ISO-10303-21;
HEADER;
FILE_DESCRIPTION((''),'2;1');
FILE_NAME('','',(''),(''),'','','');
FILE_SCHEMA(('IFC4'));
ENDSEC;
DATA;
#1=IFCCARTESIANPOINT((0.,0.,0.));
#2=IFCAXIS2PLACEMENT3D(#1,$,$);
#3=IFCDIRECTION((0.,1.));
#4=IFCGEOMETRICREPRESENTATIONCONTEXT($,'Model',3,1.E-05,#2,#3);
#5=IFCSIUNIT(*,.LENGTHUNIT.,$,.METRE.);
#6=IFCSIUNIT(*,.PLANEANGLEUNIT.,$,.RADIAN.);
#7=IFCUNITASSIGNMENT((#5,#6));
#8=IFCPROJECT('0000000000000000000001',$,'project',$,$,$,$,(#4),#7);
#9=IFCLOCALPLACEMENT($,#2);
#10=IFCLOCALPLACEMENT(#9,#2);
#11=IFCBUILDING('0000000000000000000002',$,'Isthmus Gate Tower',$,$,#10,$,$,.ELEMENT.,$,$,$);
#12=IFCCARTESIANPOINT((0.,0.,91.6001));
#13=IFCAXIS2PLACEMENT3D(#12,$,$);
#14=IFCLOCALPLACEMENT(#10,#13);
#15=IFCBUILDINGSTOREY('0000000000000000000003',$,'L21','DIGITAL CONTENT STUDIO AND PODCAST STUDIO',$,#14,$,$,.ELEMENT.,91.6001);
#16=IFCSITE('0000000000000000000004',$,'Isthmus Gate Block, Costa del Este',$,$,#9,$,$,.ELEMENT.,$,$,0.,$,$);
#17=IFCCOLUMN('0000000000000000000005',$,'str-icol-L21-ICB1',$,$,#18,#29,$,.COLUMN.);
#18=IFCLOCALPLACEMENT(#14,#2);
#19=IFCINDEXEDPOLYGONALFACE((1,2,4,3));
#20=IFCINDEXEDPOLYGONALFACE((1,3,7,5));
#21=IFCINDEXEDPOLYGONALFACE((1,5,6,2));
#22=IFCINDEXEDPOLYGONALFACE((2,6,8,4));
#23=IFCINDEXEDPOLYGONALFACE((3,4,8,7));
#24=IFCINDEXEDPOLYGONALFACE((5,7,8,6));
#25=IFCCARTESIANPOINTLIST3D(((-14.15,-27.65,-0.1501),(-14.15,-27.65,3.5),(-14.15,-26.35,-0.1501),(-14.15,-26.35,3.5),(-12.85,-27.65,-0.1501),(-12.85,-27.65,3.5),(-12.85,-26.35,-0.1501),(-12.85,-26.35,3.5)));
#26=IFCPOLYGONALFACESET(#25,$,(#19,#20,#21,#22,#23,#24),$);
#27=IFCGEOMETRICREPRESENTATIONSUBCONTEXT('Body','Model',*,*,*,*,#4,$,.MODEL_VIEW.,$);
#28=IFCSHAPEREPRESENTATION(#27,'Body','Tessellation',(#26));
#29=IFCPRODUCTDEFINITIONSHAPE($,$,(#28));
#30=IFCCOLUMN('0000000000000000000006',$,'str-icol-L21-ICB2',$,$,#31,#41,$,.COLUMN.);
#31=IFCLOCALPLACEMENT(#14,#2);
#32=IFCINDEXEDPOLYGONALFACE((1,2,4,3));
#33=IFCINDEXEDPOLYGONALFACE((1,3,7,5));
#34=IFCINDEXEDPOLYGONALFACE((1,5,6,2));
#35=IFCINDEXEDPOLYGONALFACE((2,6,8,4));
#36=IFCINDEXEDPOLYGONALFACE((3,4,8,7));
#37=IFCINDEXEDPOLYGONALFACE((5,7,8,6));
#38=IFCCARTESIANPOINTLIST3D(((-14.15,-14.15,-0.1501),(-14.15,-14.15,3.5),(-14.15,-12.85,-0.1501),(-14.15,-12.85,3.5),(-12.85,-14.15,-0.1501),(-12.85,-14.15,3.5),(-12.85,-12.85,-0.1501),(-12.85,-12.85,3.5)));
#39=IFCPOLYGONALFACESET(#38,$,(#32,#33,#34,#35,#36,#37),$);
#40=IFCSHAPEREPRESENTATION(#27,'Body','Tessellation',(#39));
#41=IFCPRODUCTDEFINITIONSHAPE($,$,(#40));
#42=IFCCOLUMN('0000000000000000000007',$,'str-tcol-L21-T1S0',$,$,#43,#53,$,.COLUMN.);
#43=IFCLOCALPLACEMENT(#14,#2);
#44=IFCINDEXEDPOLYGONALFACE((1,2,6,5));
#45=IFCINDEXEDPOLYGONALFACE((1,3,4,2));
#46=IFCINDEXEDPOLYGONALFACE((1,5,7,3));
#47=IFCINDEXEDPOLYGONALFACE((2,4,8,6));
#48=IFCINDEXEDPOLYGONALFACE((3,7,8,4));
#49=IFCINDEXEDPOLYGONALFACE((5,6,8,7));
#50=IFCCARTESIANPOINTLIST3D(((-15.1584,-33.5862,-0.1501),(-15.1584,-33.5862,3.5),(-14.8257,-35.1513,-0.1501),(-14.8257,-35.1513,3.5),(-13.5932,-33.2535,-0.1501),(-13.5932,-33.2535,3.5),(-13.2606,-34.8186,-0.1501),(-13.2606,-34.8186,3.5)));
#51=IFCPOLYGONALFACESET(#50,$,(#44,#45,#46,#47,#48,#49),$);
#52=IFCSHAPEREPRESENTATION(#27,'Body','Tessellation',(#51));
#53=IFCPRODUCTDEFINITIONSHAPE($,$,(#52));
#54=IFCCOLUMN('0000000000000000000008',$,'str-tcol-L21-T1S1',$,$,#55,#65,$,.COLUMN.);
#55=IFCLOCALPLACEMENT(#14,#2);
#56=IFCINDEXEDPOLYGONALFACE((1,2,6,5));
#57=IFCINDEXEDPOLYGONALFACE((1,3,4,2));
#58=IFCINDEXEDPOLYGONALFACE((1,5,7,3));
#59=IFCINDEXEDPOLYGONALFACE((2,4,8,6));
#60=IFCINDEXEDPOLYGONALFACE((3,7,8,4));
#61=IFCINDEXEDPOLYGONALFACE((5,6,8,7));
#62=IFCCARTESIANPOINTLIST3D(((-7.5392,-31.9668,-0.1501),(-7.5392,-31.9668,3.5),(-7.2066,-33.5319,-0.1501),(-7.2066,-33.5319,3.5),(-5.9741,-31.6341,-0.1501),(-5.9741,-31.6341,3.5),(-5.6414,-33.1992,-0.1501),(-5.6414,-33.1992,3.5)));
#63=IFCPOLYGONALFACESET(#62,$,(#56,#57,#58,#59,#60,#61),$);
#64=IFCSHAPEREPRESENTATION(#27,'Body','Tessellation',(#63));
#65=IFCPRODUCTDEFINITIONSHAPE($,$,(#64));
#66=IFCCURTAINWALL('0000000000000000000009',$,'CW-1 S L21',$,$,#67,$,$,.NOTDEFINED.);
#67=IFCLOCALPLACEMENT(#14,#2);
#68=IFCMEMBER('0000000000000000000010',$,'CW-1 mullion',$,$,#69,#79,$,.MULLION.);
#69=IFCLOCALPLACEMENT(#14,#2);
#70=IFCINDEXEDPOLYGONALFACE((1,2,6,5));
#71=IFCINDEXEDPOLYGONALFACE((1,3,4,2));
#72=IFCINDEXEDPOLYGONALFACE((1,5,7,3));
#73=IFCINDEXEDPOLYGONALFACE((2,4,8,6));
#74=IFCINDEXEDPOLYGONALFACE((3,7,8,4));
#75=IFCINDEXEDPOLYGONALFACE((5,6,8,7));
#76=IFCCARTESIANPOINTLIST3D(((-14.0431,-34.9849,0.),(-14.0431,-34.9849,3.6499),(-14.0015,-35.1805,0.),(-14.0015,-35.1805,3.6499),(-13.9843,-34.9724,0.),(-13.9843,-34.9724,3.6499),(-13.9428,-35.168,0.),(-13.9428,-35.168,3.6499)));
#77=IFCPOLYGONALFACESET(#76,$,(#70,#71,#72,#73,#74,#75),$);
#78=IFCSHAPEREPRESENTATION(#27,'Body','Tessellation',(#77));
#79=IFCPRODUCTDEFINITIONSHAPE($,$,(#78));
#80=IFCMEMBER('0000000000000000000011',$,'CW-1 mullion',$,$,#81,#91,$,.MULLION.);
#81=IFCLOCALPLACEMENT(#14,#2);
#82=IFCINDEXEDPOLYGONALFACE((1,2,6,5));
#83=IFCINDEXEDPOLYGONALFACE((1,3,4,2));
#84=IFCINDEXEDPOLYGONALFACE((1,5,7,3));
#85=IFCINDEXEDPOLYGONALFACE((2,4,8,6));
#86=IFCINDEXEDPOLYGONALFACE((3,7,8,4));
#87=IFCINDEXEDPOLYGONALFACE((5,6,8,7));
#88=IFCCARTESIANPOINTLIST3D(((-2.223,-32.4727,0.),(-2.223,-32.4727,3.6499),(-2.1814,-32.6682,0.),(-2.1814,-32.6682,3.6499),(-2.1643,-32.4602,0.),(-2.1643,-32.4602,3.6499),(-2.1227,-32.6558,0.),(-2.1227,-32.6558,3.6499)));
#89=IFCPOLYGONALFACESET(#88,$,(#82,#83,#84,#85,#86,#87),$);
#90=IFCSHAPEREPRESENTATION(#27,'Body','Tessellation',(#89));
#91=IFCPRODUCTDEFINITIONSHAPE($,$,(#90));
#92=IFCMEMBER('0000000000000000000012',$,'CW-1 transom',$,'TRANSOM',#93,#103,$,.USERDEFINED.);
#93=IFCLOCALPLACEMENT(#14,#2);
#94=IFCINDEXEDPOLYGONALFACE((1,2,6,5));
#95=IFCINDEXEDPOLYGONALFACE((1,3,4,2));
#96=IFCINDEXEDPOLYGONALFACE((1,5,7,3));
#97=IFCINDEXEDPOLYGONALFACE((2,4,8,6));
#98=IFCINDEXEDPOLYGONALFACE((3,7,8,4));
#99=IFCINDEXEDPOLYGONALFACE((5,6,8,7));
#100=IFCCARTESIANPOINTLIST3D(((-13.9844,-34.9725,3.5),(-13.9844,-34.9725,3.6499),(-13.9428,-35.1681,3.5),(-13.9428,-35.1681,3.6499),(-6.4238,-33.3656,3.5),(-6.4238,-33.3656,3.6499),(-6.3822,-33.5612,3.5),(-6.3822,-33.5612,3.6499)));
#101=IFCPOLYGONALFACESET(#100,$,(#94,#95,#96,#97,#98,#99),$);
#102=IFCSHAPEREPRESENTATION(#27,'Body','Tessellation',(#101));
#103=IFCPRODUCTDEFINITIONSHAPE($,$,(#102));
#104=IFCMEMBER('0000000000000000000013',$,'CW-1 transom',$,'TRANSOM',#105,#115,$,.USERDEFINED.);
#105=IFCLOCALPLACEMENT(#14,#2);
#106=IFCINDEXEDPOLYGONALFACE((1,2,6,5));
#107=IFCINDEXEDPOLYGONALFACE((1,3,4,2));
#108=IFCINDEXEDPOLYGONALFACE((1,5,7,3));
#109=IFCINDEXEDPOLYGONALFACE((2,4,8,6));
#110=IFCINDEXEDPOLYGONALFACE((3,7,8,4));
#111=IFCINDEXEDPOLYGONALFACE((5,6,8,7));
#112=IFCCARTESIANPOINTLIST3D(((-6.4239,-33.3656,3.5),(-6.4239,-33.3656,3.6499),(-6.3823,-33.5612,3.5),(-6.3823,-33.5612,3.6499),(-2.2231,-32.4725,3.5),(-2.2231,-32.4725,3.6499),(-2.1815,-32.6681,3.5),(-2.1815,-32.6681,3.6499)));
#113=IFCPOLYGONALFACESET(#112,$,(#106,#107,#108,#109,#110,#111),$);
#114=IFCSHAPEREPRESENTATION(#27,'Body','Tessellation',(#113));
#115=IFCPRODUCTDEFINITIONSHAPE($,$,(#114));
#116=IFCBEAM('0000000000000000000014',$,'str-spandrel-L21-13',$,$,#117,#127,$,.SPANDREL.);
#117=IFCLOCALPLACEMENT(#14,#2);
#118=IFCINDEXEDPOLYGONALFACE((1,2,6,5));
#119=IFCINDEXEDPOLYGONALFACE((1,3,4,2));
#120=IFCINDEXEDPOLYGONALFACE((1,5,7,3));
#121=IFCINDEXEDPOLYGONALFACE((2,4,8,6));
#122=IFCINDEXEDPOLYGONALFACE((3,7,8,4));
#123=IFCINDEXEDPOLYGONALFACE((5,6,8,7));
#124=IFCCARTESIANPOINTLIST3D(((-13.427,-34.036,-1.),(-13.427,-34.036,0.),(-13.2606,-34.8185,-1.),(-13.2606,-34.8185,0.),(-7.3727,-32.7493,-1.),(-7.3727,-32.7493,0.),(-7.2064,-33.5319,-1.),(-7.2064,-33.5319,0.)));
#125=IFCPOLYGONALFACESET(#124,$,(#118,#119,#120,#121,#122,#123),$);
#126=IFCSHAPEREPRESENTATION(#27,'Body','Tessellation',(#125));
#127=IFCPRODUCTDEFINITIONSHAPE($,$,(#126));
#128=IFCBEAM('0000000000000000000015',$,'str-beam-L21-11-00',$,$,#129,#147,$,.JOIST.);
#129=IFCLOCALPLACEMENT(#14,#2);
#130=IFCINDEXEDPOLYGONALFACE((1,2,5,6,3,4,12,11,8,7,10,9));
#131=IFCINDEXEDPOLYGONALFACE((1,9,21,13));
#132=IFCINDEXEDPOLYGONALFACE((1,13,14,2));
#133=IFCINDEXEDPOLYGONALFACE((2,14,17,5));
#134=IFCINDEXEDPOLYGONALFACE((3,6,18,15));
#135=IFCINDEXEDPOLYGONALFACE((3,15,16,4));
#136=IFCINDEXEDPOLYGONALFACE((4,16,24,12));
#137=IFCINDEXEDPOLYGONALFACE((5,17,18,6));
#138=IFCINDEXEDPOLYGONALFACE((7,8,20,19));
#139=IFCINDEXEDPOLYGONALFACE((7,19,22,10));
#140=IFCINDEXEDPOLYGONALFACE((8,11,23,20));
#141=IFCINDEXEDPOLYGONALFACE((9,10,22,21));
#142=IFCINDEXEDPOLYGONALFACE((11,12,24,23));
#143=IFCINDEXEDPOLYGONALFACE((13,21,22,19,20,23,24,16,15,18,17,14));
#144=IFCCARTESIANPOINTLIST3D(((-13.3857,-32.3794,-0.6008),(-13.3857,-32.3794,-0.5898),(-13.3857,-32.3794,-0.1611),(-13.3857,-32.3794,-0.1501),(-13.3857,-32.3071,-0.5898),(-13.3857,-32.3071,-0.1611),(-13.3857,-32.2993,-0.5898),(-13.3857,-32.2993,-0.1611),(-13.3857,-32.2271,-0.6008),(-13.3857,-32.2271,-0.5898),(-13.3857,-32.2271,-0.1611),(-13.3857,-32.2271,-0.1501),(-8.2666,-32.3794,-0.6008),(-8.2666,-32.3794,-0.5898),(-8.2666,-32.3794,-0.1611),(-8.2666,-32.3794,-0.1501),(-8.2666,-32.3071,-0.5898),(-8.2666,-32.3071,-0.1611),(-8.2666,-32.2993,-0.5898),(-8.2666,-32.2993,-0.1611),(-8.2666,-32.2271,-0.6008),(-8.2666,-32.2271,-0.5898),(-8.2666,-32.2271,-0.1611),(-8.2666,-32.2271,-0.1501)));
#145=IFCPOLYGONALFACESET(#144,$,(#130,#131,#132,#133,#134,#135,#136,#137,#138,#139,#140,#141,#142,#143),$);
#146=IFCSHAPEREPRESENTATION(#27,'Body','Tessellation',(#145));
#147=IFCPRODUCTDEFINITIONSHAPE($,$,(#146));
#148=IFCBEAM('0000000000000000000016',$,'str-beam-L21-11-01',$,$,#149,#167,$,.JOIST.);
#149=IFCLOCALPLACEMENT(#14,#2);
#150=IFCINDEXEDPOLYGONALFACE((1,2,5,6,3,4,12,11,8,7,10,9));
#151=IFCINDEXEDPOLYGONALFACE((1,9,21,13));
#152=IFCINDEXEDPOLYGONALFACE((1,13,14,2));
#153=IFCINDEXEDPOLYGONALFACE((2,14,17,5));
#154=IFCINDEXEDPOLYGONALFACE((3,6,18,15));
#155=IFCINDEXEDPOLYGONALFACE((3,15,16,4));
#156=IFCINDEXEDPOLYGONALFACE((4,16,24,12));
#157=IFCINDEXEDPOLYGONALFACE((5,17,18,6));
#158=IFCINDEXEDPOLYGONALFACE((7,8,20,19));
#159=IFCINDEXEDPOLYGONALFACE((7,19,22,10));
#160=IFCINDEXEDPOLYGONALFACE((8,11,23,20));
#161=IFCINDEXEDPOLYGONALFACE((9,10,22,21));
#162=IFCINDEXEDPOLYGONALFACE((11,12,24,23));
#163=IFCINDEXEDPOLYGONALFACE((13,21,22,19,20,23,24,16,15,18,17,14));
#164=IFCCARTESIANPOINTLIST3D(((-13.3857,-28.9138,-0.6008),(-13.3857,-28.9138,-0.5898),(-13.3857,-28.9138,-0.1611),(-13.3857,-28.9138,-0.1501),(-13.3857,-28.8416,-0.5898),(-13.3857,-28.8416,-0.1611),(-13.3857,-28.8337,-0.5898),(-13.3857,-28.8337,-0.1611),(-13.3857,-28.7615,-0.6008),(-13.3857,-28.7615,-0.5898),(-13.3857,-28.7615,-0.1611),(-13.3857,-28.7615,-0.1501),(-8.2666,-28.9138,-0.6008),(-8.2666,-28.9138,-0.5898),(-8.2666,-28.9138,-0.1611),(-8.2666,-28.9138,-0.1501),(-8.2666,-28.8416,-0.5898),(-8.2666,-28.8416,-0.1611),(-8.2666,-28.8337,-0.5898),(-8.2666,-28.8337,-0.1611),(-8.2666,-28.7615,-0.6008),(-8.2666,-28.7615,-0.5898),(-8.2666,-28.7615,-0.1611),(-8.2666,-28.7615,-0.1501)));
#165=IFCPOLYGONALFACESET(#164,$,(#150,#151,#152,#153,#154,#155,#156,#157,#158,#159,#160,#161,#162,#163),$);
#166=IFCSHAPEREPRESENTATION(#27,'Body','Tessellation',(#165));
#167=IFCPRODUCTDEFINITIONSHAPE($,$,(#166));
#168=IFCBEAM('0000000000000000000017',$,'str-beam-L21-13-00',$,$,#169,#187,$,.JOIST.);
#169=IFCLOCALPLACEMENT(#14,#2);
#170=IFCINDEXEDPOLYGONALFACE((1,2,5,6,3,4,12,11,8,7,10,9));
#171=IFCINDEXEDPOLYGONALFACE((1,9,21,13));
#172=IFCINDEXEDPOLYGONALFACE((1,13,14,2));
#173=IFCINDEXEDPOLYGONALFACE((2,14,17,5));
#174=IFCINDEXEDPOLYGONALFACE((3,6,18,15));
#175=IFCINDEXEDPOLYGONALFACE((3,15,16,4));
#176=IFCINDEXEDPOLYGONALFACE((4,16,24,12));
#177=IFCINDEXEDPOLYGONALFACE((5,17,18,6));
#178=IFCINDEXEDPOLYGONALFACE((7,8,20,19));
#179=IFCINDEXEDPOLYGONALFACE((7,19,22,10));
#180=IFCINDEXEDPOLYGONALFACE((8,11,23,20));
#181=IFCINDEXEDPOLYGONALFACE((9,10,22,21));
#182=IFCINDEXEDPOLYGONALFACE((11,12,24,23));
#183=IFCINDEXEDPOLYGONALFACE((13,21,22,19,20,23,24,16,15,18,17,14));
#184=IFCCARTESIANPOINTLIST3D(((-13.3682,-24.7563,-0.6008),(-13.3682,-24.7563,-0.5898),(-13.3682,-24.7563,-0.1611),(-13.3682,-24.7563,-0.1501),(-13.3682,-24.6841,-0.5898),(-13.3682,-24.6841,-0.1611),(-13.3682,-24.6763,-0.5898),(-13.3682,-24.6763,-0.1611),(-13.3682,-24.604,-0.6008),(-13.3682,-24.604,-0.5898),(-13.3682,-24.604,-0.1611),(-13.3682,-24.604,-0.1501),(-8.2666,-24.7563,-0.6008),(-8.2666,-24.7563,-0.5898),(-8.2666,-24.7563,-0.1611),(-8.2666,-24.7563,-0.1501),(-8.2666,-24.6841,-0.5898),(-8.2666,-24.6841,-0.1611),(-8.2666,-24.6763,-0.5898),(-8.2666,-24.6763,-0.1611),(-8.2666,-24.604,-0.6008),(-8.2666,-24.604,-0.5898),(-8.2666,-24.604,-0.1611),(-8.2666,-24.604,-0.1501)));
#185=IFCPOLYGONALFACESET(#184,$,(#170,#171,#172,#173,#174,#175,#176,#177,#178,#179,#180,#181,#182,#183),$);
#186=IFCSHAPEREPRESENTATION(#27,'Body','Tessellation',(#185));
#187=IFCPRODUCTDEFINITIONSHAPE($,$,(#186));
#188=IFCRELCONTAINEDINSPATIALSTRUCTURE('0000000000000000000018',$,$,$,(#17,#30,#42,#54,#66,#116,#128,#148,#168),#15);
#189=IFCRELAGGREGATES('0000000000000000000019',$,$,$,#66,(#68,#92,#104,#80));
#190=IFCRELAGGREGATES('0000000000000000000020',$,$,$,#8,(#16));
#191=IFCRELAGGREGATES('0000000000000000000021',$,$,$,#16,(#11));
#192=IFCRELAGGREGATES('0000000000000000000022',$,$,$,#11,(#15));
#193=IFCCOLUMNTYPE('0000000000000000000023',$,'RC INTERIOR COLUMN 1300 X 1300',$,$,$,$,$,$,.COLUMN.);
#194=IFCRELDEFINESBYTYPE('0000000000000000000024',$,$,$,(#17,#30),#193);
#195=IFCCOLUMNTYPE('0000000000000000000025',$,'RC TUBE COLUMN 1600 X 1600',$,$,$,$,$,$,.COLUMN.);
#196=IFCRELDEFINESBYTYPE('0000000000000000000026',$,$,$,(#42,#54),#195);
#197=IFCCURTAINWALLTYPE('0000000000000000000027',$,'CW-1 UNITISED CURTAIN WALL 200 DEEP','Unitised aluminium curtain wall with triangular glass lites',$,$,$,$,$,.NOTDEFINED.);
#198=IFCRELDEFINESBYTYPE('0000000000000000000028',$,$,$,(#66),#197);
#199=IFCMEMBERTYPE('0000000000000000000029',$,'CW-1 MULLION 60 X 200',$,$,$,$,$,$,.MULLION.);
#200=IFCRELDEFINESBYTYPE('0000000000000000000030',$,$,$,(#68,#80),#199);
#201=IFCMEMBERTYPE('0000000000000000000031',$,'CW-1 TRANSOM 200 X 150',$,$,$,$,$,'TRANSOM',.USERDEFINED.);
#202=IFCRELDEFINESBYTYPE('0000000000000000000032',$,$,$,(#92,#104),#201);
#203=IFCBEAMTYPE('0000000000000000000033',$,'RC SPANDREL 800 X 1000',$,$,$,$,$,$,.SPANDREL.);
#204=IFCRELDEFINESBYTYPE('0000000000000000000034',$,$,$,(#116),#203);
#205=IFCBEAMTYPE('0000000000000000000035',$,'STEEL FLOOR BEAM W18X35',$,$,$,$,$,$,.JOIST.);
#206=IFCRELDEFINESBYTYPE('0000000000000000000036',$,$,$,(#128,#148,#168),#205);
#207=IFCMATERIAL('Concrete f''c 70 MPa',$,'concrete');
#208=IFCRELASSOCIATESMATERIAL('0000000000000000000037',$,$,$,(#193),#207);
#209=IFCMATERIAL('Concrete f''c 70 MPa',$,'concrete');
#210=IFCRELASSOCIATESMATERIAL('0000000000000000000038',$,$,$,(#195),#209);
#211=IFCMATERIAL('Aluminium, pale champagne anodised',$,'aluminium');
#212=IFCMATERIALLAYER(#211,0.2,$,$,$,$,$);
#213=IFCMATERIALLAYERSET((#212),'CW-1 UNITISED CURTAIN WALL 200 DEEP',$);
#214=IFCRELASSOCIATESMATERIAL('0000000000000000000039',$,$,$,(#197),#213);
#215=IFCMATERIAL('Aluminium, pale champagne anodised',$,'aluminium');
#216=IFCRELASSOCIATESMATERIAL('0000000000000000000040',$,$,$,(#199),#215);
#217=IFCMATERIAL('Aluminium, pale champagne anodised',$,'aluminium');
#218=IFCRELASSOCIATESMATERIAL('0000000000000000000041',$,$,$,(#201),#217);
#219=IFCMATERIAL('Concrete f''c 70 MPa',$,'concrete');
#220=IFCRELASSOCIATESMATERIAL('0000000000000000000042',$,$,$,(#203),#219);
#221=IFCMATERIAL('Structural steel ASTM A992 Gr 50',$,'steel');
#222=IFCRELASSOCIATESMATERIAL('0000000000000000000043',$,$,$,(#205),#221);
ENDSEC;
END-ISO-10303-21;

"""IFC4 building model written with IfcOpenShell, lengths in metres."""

from ifc_helpers import new_model, si_unit, direction, frame, origin, origin_2d, place, context, subcontext, project, spatial, rectangle, i_section, extrude, material, layer, layer_set, material_profile, profile_set, type_object, element, aggregate, save


model = new_model("IFC4")

# Units and contexts
model_context = context("Model", 3, precision=1e-05, world=origin(), true_north=direction((0.0, 1.0)))
body_context = subcontext(model_context, "Body", "Model", "MODEL_VIEW")
ifc_project = project(units=[si_unit("LENGTHUNIT", "METRE"), si_unit("PLANEANGLEUNIT", "RADIAN")], contexts=[model_context])

# Site, building, storey
site_placement = place(None, origin())
site = spatial("IfcSite", under=ifc_project, at=site_placement, Name="Isthmus Gate Block, Costa del Este", CompositionType="ELEMENT", RefElevation=0.0)
building_placement = place(site_placement, origin())
building = spatial("IfcBuilding", under=site, at=building_placement, Name="Isthmus Gate Tower", CompositionType="ELEMENT")
storey_placement = place(building_placement, frame((0.0, 0.0, 91.6001)))
storey = spatial("IfcBuildingStorey", under=building, at=storey_placement, Name="L21", Description="DIGITAL CONTENT STUDIO AND PODCAST STUDIO", CompositionType="ELEMENT", Elevation=91.6001)

# Columns
ifc_material_1 = material(Name="Concrete f'c 70 MPa", Category="concrete")
ifc_material_profile_1 = material_profile(ifc_material_1, rectangle(XDim=1.3, YDim=1.3, at=origin_2d()), Name="RC 1300X1300")
ifc_profile_set_1 = profile_set([ifc_material_profile_1], Name="Concrete f'c 70 MPa")
column_type_1 = type_object("IfcColumnType", Name="RC INTERIOR COLUMN 1300 X 1300", PredefinedType="COLUMN", material=ifc_profile_set_1)
for number, where, z_axis, x_axis, name in (
    (1, (-13.5, -27.0, -0.1501), (0.0, 0.0, 1.0), (1.0, 0.0, 0.0), "str-icol-L21-ICB1"),
    (2, (-13.5, -13.5, -0.1501), (0.0, 0.0, 1.0), (1.0, 0.0, 0.0), "str-icol-L21-ICB2"),
):
    element("IfcColumn", number, at=place(storey_placement, frame(where, z_axis=z_axis, x_axis=x_axis)), inside=storey, type_object=column_type_1, Name=name, PredefinedType="COLUMN", context=body_context, shape_type="SweptSolid", body=[
        extrude(rectangle(XDim=1.3, YDim=1.3, at=origin_2d()), origin(), (0.0, 0.0, 1.0), 3.6501),
    ])
ifc_material_2 = material(Name="Concrete f'c 70 MPa", Category="concrete")
ifc_material_profile_2 = material_profile(ifc_material_2, rectangle(XDim=1.6001, YDim=1.6001, at=origin_2d()), Name="RC 1600X1600")
ifc_profile_set_2 = profile_set([ifc_material_profile_2], Name="Concrete f'c 70 MPa")
column_type_2 = type_object("IfcColumnType", Name="RC TUBE COLUMN 1600 X 1600", PredefinedType="COLUMN", material=ifc_profile_set_2)
for number, where, z_axis, x_axis, name in (
    (3, (-14.2095, -34.2024, -0.1501), (0.0, 0.0, 1.0), (0.978148, 0.207912, 0.0), "str-tcol-L21-T1S0"),
    (4, (-6.5903, -32.583, -0.1501), (0.0, 0.0, 1.0), (0.978148, 0.207912, 0.0), "str-tcol-L21-T1S1"),
):
    element("IfcColumn", number, at=place(storey_placement, frame(where, z_axis=z_axis, x_axis=x_axis)), inside=storey, type_object=column_type_2, Name=name, PredefinedType="COLUMN", context=body_context, shape_type="SweptSolid", body=[
        extrude(rectangle(XDim=1.6001, YDim=1.6001, at=origin_2d()), origin(), (0.0, 0.0, 1.0), 3.6501),
    ])

# Curtain wall, members
ifc_material_3 = material(Name="Aluminium, pale champagne anodised", Category="aluminium")
ifc_layer_1 = layer(ifc_material_3, 0.2)
ifc_layer_set_1 = layer_set([ifc_layer_1], Name="CW-1 UNITISED CURTAIN WALL 200 DEEP")
curtain_wall_type = type_object("IfcCurtainWallType", Name="CW-1 UNITISED CURTAIN WALL 200 DEEP", Description="Unitised aluminium curtain wall with triangular glass lites", PredefinedType="NOTDEFINED", material=ifc_layer_set_1)
curtain_wall_placement = place(storey_placement, origin())
curtain_wall = element("IfcCurtainWall", 5, at=curtain_wall_placement, inside=storey, type_object=curtain_wall_type, Name="CW-1 S L21", PredefinedType="NOTDEFINED")
ifc_material_4 = material(Name="Aluminium, pale champagne anodised", Category="aluminium")
ifc_material_profile_3 = material_profile(ifc_material_4, rectangle(XDim=0.0601, YDim=0.2, at=origin_2d()), Name="60x200")
ifc_profile_set_3 = profile_set([ifc_material_profile_3], Name="Aluminium, pale champagne anodised")
member_type_1 = type_object("IfcMemberType", Name="CW-1 MULLION 60 X 200", PredefinedType="MULLION", material=ifc_profile_set_3)
member_1_placement = place(storey_placement, frame((-13.9929, -35.0764, 0.0), z_axis=(0.0, 0.0, 1.0), x_axis=(0.978148, 0.207912, 0.0)))
member_1 = element("IfcMember", 6, at=member_1_placement, type_object=member_type_1, Name="CW-1 mullion", PredefinedType="MULLION", context=body_context, shape_type="SweptSolid", body=[
    extrude(rectangle(XDim=0.0601, YDim=0.2, at=origin_2d()), origin(), (0.0, 0.0, 1.0), 3.6499),
])
member_2_placement = place(storey_placement, frame((-2.1729, -32.5642, 0.0), z_axis=(0.0, 0.0, 1.0), x_axis=(0.978148, 0.207912, 0.0)))
member_2 = element("IfcMember", 7, at=member_2_placement, type_object=member_type_1, Name="CW-1 mullion", PredefinedType="MULLION", context=body_context, shape_type="SweptSolid", body=[
    extrude(rectangle(XDim=0.0601, YDim=0.2, at=origin_2d()), origin(), (0.0, 0.0, 1.0), 3.6499),
])
ifc_material_5 = material(Name="Aluminium, pale champagne anodised", Category="aluminium")
ifc_material_profile_4 = material_profile(ifc_material_5, rectangle(XDim=0.2, YDim=0.1499, at=origin_2d()), Name="200x150")
ifc_profile_set_4 = profile_set([ifc_material_profile_4], Name="Aluminium, pale champagne anodised")
member_type_2 = type_object("IfcMemberType", Name="CW-1 TRANSOM 200 X 150", ElementType="TRANSOM", PredefinedType="USERDEFINED", material=ifc_profile_set_4)
member_3_placement = place(storey_placement, frame((-13.9636, -35.0703, 3.575), z_axis=(0.978151, 0.207898, 0.0), x_axis=(-0.207898, 0.978151, 0.0)))
member_3 = element("IfcMember", 8, at=member_3_placement, type_object=member_type_2, Name="CW-1 transom", ObjectType="TRANSOM", PredefinedType="USERDEFINED", context=body_context, shape_type="SweptSolid", body=[
    extrude(rectangle(XDim=0.2, YDim=0.1499, at=origin_2d()), origin(), (0.0, 0.0, 1.0), 7.7295),
])
member_4_placement = place(storey_placement, frame((-6.4031, -33.4634, 3.575), z_axis=(0.978139, 0.207953, 0.0), x_axis=(-0.207953, 0.978139, 0.0)))
member_4 = element("IfcMember", 9, at=member_4_placement, type_object=member_type_2, Name="CW-1 transom", ObjectType="TRANSOM", PredefinedType="USERDEFINED", context=body_context, shape_type="SweptSolid", body=[
    extrude(rectangle(XDim=0.2, YDim=0.1499, at=origin_2d()), origin(), (0.0, 0.0, 1.0), 4.2947),
])

# Beams
ifc_material_6 = material(Name="Concrete f'c 70 MPa", Category="concrete")
ifc_material_profile_5 = material_profile(ifc_material_6, rectangle(XDim=0.8, YDim=1.0, at=origin_2d()), Name="RC 800X1000")
ifc_profile_set_5 = profile_set([ifc_material_profile_5], Name="Concrete f'c 70 MPa")
beam_type_1 = type_object("IfcBeamType", Name="RC SPANDREL 800 X 1000", PredefinedType="SPANDREL", material=ifc_profile_set_5)
beam_1_placement = place(storey_placement, frame((-7.2896, -33.1406, -0.5), z_axis=(-0.978155, -0.207875, 0.0), x_axis=(0.207875, -0.978155, 0.0)))
element("IfcBeam", 10, at=beam_1_placement, inside=storey, type_object=beam_type_1, Name="str-spandrel-L21-13", PredefinedType="SPANDREL", context=body_context, shape_type="SweptSolid", body=[
    extrude(rectangle(XDim=0.8, YDim=1.0, at=origin_2d()), origin(), (0.0, 0.0, 1.0), 6.1895),
])
ifc_material_7 = material(Name="Structural steel ASTM A992 Gr 50", Category="steel")
ifc_material_profile_6 = material_profile(ifc_material_7, i_section(OverallWidth=0.1523, OverallDepth=0.4507, WebThickness=0.0078, FlangeThickness=0.011, at=origin_2d()), Name="W18X35")
ifc_profile_set_6 = profile_set([ifc_material_profile_6], Name="Structural steel ASTM A992 Gr 50")
beam_type_2 = type_object("IfcBeamType", Name="STEEL FLOOR BEAM W18X35", PredefinedType="JOIST", material=ifc_profile_set_6)
for number, where, z_axis, x_axis, name in (
    (11, (-13.3857, -32.3032, -0.3755), (1.0, 0.0, 0.0), (0.0, 1.0, 0.0), "str-beam-L21-11-00"),
    (12, (-13.3857, -28.8376, -0.3755), (1.0, 0.0, 0.0), (0.0, 1.0, 0.0), "str-beam-L21-11-01"),
):
    element("IfcBeam", number, at=place(storey_placement, frame(where, z_axis=z_axis, x_axis=x_axis)), inside=storey, type_object=beam_type_2, Name=name, PredefinedType="JOIST", context=body_context, shape_type="SweptSolid", body=[
        extrude(i_section(OverallWidth=0.1523, OverallDepth=0.4507, WebThickness=0.0078, FlangeThickness=0.011, at=origin_2d()), origin(), (0.0, 0.0, 1.0), 5.1191),
    ])
for number, where, z_axis, x_axis, name in (
    (13, (-13.3682, -24.6802, -0.3755), (1.0, 0.0, 0.0), (0.0, 1.0, 0.0), "str-beam-L21-13-00"),
):
    element("IfcBeam", number, at=place(storey_placement, frame(where, z_axis=z_axis, x_axis=x_axis)), inside=storey, type_object=beam_type_2, Name=name, PredefinedType="JOIST", context=body_context, shape_type="SweptSolid", body=[
        extrude(i_section(OverallWidth=0.1523, OverallDepth=0.4507, WebThickness=0.0078, FlangeThickness=0.011, at=origin_2d()), origin(), (0.0, 0.0, 1.0), 5.1016),
    ])

aggregate(curtain_wall, [member_1, member_3, member_4, member_2])

save(model, "model.ifc")
